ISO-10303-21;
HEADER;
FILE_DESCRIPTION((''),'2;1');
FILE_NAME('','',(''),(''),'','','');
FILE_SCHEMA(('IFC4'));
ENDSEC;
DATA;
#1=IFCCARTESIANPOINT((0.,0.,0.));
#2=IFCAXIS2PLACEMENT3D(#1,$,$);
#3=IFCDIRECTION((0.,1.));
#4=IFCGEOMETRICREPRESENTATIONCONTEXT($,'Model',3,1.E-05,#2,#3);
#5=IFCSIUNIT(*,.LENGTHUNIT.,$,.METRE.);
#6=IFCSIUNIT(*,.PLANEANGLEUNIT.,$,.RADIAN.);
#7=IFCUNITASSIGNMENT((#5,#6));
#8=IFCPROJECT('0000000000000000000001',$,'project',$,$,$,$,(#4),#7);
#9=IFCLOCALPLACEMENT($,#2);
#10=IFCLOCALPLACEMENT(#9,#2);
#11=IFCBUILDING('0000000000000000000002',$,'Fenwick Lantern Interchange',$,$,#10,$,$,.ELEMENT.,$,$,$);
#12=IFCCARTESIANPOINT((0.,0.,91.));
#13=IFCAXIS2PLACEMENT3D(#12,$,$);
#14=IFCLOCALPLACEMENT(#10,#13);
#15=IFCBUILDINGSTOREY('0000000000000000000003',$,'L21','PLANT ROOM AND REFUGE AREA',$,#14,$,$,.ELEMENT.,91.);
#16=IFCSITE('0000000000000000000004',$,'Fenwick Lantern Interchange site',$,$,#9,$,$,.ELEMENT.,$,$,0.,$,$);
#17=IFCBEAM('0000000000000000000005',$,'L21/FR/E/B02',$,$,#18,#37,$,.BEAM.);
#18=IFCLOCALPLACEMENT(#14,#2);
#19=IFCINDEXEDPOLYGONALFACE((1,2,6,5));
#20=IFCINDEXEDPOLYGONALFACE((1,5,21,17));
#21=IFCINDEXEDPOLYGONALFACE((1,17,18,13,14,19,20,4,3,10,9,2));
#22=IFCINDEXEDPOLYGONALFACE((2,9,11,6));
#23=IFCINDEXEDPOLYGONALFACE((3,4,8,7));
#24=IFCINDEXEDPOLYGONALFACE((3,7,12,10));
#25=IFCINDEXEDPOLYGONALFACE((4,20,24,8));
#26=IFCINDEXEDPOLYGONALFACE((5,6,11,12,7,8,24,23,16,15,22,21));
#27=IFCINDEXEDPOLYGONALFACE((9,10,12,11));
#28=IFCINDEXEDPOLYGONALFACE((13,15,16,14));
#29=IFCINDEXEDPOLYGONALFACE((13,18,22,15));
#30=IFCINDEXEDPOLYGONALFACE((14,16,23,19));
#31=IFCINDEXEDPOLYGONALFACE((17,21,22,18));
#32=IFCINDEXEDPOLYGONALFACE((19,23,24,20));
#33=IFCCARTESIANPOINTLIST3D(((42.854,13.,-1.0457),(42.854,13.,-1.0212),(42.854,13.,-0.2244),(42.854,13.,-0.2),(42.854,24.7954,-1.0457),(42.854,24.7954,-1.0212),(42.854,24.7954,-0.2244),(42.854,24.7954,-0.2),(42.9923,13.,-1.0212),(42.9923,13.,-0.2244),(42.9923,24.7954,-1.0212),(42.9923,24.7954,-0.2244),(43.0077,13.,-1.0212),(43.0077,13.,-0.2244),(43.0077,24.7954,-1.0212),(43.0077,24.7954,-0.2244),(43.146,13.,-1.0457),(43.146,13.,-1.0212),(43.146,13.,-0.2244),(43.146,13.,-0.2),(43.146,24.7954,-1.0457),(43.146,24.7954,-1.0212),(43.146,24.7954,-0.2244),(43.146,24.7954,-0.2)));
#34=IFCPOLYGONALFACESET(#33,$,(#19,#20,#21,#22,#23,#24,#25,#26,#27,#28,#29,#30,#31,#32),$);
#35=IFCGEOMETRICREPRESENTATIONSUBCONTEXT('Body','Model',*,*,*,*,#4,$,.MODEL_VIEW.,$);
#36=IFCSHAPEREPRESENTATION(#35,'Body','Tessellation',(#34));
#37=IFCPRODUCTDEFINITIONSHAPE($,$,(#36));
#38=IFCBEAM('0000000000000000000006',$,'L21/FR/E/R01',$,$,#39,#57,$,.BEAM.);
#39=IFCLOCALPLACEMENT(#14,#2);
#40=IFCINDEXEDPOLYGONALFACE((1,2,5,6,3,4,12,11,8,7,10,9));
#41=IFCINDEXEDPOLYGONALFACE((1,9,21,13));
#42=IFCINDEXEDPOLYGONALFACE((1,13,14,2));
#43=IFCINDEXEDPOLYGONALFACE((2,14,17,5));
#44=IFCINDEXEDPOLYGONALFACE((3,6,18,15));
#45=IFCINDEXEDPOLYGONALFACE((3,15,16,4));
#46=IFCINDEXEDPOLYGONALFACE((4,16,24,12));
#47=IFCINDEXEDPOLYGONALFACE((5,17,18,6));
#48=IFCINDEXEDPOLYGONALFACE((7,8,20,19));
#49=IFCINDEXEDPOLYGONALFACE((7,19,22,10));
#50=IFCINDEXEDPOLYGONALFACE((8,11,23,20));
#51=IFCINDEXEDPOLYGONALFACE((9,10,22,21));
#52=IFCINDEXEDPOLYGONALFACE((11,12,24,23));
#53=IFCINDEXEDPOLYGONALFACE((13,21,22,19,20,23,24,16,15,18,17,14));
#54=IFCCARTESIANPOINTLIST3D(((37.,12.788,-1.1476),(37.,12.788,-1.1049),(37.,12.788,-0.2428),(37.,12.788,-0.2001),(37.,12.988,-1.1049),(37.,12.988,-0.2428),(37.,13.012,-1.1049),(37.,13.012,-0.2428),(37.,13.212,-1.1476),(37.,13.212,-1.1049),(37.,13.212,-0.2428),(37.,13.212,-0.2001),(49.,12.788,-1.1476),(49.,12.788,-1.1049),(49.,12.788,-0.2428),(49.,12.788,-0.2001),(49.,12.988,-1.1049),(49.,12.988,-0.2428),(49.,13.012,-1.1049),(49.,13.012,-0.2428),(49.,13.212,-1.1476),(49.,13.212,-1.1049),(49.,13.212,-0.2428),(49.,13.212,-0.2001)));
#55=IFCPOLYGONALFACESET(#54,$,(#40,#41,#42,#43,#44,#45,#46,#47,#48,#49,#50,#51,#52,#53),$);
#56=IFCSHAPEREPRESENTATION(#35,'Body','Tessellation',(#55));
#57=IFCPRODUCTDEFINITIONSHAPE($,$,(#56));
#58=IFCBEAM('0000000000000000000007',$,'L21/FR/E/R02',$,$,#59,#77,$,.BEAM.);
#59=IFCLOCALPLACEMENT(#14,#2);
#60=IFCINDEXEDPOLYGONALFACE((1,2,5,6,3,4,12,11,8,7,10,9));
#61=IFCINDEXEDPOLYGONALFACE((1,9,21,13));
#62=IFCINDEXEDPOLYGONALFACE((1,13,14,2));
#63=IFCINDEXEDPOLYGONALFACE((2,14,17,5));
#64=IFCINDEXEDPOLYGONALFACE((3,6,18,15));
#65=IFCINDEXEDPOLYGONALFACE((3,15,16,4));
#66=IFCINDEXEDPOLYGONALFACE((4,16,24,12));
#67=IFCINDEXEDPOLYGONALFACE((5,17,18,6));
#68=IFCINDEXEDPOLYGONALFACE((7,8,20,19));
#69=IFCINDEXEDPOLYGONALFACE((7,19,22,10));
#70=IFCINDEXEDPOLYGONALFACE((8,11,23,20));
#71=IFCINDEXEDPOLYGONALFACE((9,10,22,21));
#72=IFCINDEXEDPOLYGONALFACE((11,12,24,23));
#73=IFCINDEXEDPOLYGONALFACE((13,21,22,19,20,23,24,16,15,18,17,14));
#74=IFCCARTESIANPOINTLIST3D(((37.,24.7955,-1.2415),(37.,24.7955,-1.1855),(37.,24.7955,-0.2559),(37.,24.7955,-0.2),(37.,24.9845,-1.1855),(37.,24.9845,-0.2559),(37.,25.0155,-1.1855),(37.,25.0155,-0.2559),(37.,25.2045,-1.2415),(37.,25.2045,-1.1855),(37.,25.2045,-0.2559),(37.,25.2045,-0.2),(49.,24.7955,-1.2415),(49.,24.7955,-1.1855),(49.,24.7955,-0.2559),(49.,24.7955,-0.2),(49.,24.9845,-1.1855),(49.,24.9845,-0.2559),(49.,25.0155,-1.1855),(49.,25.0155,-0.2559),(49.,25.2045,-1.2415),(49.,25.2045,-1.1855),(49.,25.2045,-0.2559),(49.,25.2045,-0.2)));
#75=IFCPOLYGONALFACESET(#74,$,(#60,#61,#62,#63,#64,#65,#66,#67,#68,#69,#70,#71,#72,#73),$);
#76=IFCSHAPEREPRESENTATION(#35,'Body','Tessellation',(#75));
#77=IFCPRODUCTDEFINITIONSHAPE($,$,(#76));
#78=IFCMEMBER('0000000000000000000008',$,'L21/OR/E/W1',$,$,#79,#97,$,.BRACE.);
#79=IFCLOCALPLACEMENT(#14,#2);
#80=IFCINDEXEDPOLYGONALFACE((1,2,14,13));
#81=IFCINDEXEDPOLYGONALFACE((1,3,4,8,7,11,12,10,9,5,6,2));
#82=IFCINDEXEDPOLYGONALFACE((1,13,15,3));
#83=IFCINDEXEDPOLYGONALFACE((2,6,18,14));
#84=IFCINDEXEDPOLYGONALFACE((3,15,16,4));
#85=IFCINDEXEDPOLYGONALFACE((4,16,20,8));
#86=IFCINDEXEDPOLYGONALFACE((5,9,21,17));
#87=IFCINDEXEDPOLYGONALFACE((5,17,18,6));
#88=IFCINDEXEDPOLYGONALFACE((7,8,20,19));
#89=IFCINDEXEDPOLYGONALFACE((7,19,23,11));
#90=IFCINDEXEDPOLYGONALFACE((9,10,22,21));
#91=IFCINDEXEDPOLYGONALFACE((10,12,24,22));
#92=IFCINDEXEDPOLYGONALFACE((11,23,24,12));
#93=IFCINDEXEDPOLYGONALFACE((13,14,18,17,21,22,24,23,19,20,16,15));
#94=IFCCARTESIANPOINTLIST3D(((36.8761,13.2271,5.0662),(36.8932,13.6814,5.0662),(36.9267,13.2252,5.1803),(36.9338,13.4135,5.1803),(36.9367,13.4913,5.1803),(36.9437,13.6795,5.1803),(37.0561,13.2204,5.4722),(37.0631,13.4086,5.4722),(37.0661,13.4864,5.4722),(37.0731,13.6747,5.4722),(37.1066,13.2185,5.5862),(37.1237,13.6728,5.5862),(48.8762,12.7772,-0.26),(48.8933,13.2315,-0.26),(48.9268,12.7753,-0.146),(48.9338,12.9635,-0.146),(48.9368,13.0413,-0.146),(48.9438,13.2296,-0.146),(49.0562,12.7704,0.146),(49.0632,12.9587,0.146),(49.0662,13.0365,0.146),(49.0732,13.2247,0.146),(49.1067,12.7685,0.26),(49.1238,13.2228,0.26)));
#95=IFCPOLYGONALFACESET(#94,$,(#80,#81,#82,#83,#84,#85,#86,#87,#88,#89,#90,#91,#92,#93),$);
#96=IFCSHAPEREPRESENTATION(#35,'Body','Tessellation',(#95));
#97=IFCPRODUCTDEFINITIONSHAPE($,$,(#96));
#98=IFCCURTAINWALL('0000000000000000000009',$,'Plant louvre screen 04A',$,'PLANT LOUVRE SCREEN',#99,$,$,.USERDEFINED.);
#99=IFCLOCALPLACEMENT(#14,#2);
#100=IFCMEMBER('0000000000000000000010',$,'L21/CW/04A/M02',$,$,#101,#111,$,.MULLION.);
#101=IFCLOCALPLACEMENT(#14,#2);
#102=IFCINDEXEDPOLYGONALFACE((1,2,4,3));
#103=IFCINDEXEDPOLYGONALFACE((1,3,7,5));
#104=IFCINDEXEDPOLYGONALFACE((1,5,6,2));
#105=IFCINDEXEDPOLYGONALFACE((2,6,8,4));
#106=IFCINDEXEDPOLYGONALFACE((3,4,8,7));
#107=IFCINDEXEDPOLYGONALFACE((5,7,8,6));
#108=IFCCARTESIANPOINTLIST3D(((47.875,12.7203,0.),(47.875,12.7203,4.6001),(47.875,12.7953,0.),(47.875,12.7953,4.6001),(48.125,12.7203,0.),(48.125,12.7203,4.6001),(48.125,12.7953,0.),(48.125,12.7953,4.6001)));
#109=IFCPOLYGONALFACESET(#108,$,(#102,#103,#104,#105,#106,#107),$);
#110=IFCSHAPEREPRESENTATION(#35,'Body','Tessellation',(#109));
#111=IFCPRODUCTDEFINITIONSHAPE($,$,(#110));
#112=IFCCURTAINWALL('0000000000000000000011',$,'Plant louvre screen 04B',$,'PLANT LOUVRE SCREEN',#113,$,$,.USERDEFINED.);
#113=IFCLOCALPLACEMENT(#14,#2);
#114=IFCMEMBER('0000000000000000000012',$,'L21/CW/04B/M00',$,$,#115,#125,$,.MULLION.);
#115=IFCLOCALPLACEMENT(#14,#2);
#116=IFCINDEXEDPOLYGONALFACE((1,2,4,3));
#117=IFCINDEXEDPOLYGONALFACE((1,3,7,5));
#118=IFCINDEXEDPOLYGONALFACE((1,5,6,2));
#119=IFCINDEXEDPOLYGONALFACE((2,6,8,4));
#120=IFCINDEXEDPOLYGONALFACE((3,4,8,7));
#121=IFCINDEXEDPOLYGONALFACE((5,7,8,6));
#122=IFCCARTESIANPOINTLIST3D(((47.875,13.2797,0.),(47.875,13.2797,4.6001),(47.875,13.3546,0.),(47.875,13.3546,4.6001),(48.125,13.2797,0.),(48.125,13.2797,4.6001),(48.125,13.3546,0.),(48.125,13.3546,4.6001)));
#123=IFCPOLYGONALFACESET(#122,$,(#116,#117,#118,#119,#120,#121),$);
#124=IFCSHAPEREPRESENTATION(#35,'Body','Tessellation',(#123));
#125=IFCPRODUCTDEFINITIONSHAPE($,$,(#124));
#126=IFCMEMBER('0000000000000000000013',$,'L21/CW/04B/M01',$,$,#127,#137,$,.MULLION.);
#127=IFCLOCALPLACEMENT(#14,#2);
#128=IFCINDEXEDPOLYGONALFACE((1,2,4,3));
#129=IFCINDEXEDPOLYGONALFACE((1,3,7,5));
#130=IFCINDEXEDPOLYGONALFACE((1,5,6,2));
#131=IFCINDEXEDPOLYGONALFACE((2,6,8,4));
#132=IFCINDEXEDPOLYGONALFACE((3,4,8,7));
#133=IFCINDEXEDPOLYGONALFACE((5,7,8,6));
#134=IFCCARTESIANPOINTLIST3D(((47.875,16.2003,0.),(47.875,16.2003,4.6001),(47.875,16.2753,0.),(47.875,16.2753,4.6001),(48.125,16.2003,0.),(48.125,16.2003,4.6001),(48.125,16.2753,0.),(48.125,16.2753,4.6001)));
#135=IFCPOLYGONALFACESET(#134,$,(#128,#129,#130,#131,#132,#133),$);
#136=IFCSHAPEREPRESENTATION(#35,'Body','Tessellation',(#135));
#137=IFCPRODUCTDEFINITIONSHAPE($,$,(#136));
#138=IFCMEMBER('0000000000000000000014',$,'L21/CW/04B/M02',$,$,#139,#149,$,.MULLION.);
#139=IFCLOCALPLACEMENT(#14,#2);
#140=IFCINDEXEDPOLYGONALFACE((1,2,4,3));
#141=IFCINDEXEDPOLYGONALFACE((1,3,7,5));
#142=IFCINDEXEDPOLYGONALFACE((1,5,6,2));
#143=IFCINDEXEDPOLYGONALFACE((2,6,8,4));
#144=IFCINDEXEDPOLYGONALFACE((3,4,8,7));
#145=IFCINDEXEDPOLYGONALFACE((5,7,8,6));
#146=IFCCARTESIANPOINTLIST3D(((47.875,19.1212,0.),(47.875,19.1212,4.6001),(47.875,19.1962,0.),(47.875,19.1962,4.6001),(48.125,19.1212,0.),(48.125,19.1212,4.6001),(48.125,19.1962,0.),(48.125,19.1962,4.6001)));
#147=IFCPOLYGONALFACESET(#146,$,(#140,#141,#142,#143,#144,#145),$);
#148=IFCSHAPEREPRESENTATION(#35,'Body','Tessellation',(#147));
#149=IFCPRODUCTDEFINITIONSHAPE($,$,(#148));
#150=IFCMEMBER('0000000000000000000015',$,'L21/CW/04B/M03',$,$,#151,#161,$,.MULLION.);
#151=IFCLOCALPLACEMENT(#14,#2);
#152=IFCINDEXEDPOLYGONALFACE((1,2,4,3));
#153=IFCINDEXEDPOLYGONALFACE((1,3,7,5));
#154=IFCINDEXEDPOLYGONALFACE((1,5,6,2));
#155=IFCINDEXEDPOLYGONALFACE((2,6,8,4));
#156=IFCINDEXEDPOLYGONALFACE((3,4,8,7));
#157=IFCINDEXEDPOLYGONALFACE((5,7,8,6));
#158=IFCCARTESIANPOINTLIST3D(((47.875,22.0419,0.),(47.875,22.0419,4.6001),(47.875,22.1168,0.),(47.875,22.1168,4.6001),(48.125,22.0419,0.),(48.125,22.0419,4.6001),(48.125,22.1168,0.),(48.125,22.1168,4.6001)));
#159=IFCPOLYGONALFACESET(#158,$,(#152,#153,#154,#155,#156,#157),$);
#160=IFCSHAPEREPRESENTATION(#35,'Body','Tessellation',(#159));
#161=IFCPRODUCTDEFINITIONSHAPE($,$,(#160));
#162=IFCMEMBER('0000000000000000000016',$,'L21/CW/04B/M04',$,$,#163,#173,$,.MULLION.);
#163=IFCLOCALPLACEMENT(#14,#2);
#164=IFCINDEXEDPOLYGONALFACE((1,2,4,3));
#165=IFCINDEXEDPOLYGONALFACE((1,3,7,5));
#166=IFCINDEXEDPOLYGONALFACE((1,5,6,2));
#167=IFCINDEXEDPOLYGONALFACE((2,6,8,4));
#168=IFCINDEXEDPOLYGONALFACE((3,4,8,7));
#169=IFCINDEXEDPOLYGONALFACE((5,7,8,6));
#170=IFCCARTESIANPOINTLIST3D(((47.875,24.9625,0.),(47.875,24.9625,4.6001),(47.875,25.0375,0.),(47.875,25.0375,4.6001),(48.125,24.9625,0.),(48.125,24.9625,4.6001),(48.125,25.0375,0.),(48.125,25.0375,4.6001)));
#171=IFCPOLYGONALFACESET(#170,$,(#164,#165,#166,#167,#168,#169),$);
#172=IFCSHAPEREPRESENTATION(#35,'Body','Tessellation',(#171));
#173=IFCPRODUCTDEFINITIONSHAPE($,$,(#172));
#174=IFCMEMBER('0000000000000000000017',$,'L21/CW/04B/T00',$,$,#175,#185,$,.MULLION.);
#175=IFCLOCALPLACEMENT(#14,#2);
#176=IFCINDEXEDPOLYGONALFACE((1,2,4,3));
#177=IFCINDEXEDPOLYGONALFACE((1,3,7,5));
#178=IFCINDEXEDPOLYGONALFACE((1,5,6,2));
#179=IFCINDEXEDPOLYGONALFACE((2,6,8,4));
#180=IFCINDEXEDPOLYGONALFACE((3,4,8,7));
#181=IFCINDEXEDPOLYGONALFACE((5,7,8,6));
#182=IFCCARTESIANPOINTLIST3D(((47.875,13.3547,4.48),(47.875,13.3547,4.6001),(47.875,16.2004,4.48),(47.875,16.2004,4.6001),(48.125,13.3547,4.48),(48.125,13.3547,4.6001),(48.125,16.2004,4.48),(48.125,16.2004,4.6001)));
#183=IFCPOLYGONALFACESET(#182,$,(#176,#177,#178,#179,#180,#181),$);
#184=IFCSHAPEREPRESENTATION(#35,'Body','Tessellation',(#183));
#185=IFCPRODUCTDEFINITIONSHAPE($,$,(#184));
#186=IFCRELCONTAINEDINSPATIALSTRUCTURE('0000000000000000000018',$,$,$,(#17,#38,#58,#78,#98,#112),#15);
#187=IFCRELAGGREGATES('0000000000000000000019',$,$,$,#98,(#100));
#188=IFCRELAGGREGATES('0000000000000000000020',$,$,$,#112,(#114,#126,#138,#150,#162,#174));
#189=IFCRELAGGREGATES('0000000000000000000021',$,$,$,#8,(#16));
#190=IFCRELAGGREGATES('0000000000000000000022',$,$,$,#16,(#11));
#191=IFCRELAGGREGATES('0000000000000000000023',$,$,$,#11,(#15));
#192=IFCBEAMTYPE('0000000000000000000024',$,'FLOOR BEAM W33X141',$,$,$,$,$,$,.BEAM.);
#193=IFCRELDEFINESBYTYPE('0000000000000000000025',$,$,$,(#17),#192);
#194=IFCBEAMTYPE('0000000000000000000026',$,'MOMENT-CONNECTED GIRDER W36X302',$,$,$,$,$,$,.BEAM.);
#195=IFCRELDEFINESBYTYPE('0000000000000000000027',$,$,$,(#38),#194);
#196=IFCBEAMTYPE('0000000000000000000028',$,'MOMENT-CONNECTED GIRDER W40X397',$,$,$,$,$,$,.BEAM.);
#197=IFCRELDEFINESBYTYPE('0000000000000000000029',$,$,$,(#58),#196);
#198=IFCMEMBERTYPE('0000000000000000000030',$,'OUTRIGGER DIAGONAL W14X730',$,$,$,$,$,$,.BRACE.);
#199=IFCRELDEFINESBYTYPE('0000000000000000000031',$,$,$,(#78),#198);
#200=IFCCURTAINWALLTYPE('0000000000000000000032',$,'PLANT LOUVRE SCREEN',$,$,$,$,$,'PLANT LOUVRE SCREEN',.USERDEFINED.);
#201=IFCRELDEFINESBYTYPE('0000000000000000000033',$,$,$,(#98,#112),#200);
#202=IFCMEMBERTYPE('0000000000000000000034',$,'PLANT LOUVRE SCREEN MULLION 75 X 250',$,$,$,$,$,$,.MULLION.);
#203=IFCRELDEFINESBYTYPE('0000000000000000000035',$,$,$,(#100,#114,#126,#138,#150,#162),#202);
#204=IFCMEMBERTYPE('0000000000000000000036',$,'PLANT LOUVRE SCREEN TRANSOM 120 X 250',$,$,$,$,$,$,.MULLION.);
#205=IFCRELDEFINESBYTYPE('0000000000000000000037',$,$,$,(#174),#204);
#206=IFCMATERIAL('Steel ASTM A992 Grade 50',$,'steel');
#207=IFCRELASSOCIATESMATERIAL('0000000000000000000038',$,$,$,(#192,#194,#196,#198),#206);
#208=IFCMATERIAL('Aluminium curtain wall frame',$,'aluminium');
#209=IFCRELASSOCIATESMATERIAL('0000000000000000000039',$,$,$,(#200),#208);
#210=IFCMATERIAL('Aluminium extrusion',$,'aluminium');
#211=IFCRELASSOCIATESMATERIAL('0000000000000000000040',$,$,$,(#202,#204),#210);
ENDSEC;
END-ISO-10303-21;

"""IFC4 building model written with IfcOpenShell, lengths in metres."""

from ifc_helpers import new_model, si_unit, direction, frame, origin, origin_2d, place, context, subcontext, project, spatial, rectangle, i_section, extrude, material, material_profile, profile_set, type_object, element, aggregate, save


model = new_model("IFC4")

# Units and contexts
model_context = context("Model", 3, precision=1e-05, world=origin(), true_north=direction((0.0, 1.0)))
body_context = subcontext(model_context, "Body", "Model", "MODEL_VIEW")
ifc_project = project(units=[si_unit("LENGTHUNIT", "METRE"), si_unit("PLANEANGLEUNIT", "RADIAN")], contexts=[model_context])

# Site, building, storey
site_placement = place(None, origin())
site = spatial("IfcSite", under=ifc_project, at=site_placement, Name="Fenwick Lantern Interchange site", CompositionType="ELEMENT", RefElevation=0.0)
building_placement = place(site_placement, origin())
building = spatial("IfcBuilding", under=site, at=building_placement, Name="Fenwick Lantern Interchange", CompositionType="ELEMENT")
storey_placement = place(building_placement, frame((0.0, 0.0, 91.0)))
storey = spatial("IfcBuildingStorey", under=building, at=storey_placement, Name="L21", Description="PLANT ROOM AND REFUGE AREA", CompositionType="ELEMENT", Elevation=91.0)

# Shared definitions
ifc_material_1 = material(Name="Steel ASTM A992 Grade 50", Category="steel")

# Beams
ifc_material_profile_1 = material_profile(ifc_material_1, i_section(OverallWidth=0.292, OverallDepth=0.8457, WebThickness=0.0154, FlangeThickness=0.0244, at=origin_2d()), Name="W33X141")
ifc_profile_set_1 = profile_set([ifc_material_profile_1], Name="Steel ASTM A992 Grade 50")
beam_type_1 = type_object("IfcBeamType", Name="FLOOR BEAM W33X141", PredefinedType="BEAM", material=ifc_profile_set_1)
for number, where, z_axis, x_axis, name in (
    (1, (43.0, 13.0, -0.6228), (0.0, 1.0, 0.0), (-1.0, 0.0, 0.0), "L21/FR/E/B02"),
):
    element("IfcBeam", number, at=place(storey_placement, frame(where, z_axis=z_axis, x_axis=x_axis)), inside=storey, type_object=beam_type_1, Name=name, PredefinedType="BEAM", context=body_context, shape_type="SweptSolid", body=[
        extrude(i_section(OverallWidth=0.292, OverallDepth=0.8457, WebThickness=0.0154, FlangeThickness=0.0244, at=origin_2d()), origin(), (0.0, 0.0, 1.0), 11.7954),
    ])
ifc_material_profile_2 = material_profile(ifc_material_1, i_section(OverallWidth=0.4241, OverallDepth=0.9475, WebThickness=0.0239, FlangeThickness=0.0427, at=origin_2d()), Name="W36X302")
ifc_profile_set_2 = profile_set([ifc_material_profile_2], Name="Steel ASTM A992 Grade 50")
beam_type_2 = type_object("IfcBeamType", Name="MOMENT-CONNECTED GIRDER W36X302", PredefinedType="BEAM", material=ifc_profile_set_2)
beam_1_placement = place(storey_placement, frame((49.0, 13.0, -0.6738), z_axis=(-1.0, 0.0, 0.0), x_axis=(0.0, -1.0, 0.0)))
element("IfcBeam", 2, at=beam_1_placement, inside=storey, type_object=beam_type_2, Name="L21/FR/E/R01", PredefinedType="BEAM", context=body_context, shape_type="SweptSolid", body=[
    extrude(i_section(OverallWidth=0.4241, OverallDepth=0.9475, WebThickness=0.0239, FlangeThickness=0.0427, at=origin_2d()), origin(), (0.0, 0.0, 1.0), 12.0),
])
ifc_material_profile_3 = material_profile(ifc_material_1, i_section(OverallWidth=0.4089, OverallDepth=1.0415, WebThickness=0.031, FlangeThickness=0.0559, at=origin_2d()), Name="W40X397")
ifc_profile_set_3 = profile_set([ifc_material_profile_3], Name="Steel ASTM A992 Grade 50")
beam_type_3 = type_object("IfcBeamType", Name="MOMENT-CONNECTED GIRDER W40X397", PredefinedType="BEAM", material=ifc_profile_set_3)
beam_2_placement = place(storey_placement, frame((49.0, 25.0, -0.7207), z_axis=(-1.0, 0.0, 0.0), x_axis=(0.0, -1.0, 0.0)))
element("IfcBeam", 3, at=beam_2_placement, inside=storey, type_object=beam_type_3, Name="L21/FR/E/R02", PredefinedType="BEAM", context=body_context, shape_type="SweptSolid", body=[
    extrude(i_section(OverallWidth=0.4089, OverallDepth=1.0415, WebThickness=0.031, FlangeThickness=0.0559, at=origin_2d()), origin(), (0.0, 0.0, 1.0), 12.0),
])

# Member
ifc_material_profile_4 = material_profile(ifc_material_1, i_section(OverallWidth=0.4546, OverallDepth=0.5688, WebThickness=0.0779, FlangeThickness=0.1248, at=origin_2d()), Name="W14X730")
ifc_profile_set_4 = profile_set([ifc_material_profile_4], Name="Steel ASTM A992 Grade 50")
member_type_1 = type_object("IfcMemberType", Name="OUTRIGGER DIAGONAL W14X730", PredefinedType="BRACE", material=ifc_profile_set_4)
member_1_placement = place(storey_placement, frame((49.0, 13.0, 0.0), z_axis=(-0.913478, 0.034252, 0.405445), x_axis=(-0.03747, -0.999298, 0.0)))
element("IfcMember", 4, at=member_1_placement, inside=storey, type_object=member_type_1, Name="L21/OR/E/W1", PredefinedType="BRACE", context=body_context, shape_type="SweptSolid", body=[
    extrude(i_section(OverallWidth=0.4546, OverallDepth=0.5688, WebThickness=0.0779, FlangeThickness=0.1248, at=origin_2d()), origin(), (0.0, 0.0, 1.0), 13.1367),
])

# Curtain wall, member
ifc_material_2 = material(Name="Aluminium curtain wall frame", Category="aluminium")
curtain_wall_type = type_object("IfcCurtainWallType", Name="PLANT LOUVRE SCREEN", ElementType="PLANT LOUVRE SCREEN", PredefinedType="USERDEFINED", material=ifc_material_2)
curtain_wall_1_placement = place(storey_placement, origin())
curtain_wall_1 = element("IfcCurtainWall", 5, at=curtain_wall_1_placement, inside=storey, type_object=curtain_wall_type, Name="Plant louvre screen 04A", ObjectType="PLANT LOUVRE SCREEN", PredefinedType="USERDEFINED")
ifc_material_3 = material(Name="Aluminium extrusion", Category="aluminium")
ifc_material_profile_5 = material_profile(ifc_material_3, rectangle(XDim=0.25, YDim=0.075, at=origin_2d()), Name="PLANT LOUVRE SCREEN MULLION 75 X 250")
ifc_profile_set_5 = profile_set([ifc_material_profile_5], Name="Aluminium extrusion")
member_type_2 = type_object("IfcMemberType", Name="PLANT LOUVRE SCREEN MULLION 75 X 250", PredefinedType="MULLION", material=ifc_profile_set_5)
member_2_placement = place(storey_placement, frame((48.0, 12.7578, 0.0), z_axis=(0.0, 0.0, 1.0), x_axis=(-1.0, 0.0, 0.0)))
member_2 = element("IfcMember", 6, at=member_2_placement, type_object=member_type_2, Name="L21/CW/04A/M02", PredefinedType="MULLION", context=body_context, shape_type="SweptSolid", body=[
    extrude(rectangle(XDim=0.25, YDim=0.075, at=origin_2d()), origin(), (0.0, 0.0, 1.0), 4.6001),
])
aggregate(curtain_wall_1, [member_2])

# Curtain wall, members
curtain_wall_2_placement = place(storey_placement, origin())
curtain_wall_2 = element("IfcCurtainWall", 7, at=curtain_wall_2_placement, inside=storey, type_object=curtain_wall_type, Name="Plant louvre screen 04B", ObjectType="PLANT LOUVRE SCREEN", PredefinedType="USERDEFINED")
member_3_placement = place(storey_placement, frame((48.0, 13.3171, 0.0), z_axis=(0.0, 0.0, 1.0), x_axis=(-1.0, 0.0, 0.0)))
member_3 = element("IfcMember", 8, at=member_3_placement, type_object=member_type_2, Name="L21/CW/04B/M00", PredefinedType="MULLION", context=body_context, shape_type="SweptSolid", body=[
    extrude(rectangle(XDim=0.25, YDim=0.075, at=origin_2d()), origin(), (0.0, 0.0, 1.0), 4.6001),
])
member_4_placement = place(storey_placement, frame((48.0, 16.2378, 0.0), z_axis=(0.0, 0.0, 1.0), x_axis=(-1.0, 0.0, 0.0)))
member_4 = element("IfcMember", 9, at=member_4_placement, type_object=member_type_2, Name="L21/CW/04B/M01", PredefinedType="MULLION", context=body_context, shape_type="SweptSolid", body=[
    extrude(rectangle(XDim=0.25, YDim=0.075, at=origin_2d()), origin(), (0.0, 0.0, 1.0), 4.6001),
])
member_5_placement = place(storey_placement, frame((48.0, 19.1587, 0.0), z_axis=(0.0, 0.0, 1.0), x_axis=(-1.0, 0.0, 0.0)))
member_5 = element("IfcMember", 10, at=member_5_placement, type_object=member_type_2, Name="L21/CW/04B/M02", PredefinedType="MULLION", context=body_context, shape_type="SweptSolid", body=[
    extrude(rectangle(XDim=0.25, YDim=0.075, at=origin_2d()), origin(), (0.0, 0.0, 1.0), 4.6001),
])
member_6_placement = place(storey_placement, frame((48.0, 22.0793, 0.0), z_axis=(0.0, 0.0, 1.0), x_axis=(-1.0, 0.0, 0.0)))
member_6 = element("IfcMember", 11, at=member_6_placement, type_object=member_type_2, Name="L21/CW/04B/M03", PredefinedType="MULLION", context=body_context, shape_type="SweptSolid", body=[
    extrude(rectangle(XDim=0.25, YDim=0.075, at=origin_2d()), origin(), (0.0, 0.0, 1.0), 4.6001),
])
member_7_placement = place(storey_placement, frame((48.0, 25.0, 0.0), z_axis=(0.0, 0.0, 1.0), x_axis=(-1.0, 0.0, 0.0)))
member_7 = element("IfcMember", 12, at=member_7_placement, type_object=member_type_2, Name="L21/CW/04B/M04", PredefinedType="MULLION", context=body_context, shape_type="SweptSolid", body=[
    extrude(rectangle(XDim=0.25, YDim=0.075, at=origin_2d()), origin(), (0.0, 0.0, 1.0), 4.6001),
])
ifc_material_profile_6 = material_profile(ifc_material_3, rectangle(XDim=0.25, YDim=0.1201, at=origin_2d()), Name="PLANT LOUVRE SCREEN TRANSOM 120 X 250")
ifc_profile_set_6 = profile_set([ifc_material_profile_6], Name="Aluminium extrusion")
member_type_3 = type_object("IfcMemberType", Name="PLANT LOUVRE SCREEN TRANSOM 120 X 250", PredefinedType="MULLION", material=ifc_profile_set_6)
member_8_placement = place(storey_placement, frame((48.0, 13.3547, 4.54), z_axis=(0.0, 1.0, 0.0), x_axis=(-1.0, 0.0, 0.0)))
member_8 = element("IfcMember", 13, at=member_8_placement, type_object=member_type_3, Name="L21/CW/04B/T00", PredefinedType="MULLION", context=body_context, shape_type="SweptSolid", body=[
    extrude(rectangle(XDim=0.25, YDim=0.1201, at=origin_2d()), origin(), (0.0, 0.0, 1.0), 2.8457),
])

aggregate(curtain_wall_2, [member_3, member_4, member_5, member_6, member_7, member_8])

save(model, "model.ifc")
